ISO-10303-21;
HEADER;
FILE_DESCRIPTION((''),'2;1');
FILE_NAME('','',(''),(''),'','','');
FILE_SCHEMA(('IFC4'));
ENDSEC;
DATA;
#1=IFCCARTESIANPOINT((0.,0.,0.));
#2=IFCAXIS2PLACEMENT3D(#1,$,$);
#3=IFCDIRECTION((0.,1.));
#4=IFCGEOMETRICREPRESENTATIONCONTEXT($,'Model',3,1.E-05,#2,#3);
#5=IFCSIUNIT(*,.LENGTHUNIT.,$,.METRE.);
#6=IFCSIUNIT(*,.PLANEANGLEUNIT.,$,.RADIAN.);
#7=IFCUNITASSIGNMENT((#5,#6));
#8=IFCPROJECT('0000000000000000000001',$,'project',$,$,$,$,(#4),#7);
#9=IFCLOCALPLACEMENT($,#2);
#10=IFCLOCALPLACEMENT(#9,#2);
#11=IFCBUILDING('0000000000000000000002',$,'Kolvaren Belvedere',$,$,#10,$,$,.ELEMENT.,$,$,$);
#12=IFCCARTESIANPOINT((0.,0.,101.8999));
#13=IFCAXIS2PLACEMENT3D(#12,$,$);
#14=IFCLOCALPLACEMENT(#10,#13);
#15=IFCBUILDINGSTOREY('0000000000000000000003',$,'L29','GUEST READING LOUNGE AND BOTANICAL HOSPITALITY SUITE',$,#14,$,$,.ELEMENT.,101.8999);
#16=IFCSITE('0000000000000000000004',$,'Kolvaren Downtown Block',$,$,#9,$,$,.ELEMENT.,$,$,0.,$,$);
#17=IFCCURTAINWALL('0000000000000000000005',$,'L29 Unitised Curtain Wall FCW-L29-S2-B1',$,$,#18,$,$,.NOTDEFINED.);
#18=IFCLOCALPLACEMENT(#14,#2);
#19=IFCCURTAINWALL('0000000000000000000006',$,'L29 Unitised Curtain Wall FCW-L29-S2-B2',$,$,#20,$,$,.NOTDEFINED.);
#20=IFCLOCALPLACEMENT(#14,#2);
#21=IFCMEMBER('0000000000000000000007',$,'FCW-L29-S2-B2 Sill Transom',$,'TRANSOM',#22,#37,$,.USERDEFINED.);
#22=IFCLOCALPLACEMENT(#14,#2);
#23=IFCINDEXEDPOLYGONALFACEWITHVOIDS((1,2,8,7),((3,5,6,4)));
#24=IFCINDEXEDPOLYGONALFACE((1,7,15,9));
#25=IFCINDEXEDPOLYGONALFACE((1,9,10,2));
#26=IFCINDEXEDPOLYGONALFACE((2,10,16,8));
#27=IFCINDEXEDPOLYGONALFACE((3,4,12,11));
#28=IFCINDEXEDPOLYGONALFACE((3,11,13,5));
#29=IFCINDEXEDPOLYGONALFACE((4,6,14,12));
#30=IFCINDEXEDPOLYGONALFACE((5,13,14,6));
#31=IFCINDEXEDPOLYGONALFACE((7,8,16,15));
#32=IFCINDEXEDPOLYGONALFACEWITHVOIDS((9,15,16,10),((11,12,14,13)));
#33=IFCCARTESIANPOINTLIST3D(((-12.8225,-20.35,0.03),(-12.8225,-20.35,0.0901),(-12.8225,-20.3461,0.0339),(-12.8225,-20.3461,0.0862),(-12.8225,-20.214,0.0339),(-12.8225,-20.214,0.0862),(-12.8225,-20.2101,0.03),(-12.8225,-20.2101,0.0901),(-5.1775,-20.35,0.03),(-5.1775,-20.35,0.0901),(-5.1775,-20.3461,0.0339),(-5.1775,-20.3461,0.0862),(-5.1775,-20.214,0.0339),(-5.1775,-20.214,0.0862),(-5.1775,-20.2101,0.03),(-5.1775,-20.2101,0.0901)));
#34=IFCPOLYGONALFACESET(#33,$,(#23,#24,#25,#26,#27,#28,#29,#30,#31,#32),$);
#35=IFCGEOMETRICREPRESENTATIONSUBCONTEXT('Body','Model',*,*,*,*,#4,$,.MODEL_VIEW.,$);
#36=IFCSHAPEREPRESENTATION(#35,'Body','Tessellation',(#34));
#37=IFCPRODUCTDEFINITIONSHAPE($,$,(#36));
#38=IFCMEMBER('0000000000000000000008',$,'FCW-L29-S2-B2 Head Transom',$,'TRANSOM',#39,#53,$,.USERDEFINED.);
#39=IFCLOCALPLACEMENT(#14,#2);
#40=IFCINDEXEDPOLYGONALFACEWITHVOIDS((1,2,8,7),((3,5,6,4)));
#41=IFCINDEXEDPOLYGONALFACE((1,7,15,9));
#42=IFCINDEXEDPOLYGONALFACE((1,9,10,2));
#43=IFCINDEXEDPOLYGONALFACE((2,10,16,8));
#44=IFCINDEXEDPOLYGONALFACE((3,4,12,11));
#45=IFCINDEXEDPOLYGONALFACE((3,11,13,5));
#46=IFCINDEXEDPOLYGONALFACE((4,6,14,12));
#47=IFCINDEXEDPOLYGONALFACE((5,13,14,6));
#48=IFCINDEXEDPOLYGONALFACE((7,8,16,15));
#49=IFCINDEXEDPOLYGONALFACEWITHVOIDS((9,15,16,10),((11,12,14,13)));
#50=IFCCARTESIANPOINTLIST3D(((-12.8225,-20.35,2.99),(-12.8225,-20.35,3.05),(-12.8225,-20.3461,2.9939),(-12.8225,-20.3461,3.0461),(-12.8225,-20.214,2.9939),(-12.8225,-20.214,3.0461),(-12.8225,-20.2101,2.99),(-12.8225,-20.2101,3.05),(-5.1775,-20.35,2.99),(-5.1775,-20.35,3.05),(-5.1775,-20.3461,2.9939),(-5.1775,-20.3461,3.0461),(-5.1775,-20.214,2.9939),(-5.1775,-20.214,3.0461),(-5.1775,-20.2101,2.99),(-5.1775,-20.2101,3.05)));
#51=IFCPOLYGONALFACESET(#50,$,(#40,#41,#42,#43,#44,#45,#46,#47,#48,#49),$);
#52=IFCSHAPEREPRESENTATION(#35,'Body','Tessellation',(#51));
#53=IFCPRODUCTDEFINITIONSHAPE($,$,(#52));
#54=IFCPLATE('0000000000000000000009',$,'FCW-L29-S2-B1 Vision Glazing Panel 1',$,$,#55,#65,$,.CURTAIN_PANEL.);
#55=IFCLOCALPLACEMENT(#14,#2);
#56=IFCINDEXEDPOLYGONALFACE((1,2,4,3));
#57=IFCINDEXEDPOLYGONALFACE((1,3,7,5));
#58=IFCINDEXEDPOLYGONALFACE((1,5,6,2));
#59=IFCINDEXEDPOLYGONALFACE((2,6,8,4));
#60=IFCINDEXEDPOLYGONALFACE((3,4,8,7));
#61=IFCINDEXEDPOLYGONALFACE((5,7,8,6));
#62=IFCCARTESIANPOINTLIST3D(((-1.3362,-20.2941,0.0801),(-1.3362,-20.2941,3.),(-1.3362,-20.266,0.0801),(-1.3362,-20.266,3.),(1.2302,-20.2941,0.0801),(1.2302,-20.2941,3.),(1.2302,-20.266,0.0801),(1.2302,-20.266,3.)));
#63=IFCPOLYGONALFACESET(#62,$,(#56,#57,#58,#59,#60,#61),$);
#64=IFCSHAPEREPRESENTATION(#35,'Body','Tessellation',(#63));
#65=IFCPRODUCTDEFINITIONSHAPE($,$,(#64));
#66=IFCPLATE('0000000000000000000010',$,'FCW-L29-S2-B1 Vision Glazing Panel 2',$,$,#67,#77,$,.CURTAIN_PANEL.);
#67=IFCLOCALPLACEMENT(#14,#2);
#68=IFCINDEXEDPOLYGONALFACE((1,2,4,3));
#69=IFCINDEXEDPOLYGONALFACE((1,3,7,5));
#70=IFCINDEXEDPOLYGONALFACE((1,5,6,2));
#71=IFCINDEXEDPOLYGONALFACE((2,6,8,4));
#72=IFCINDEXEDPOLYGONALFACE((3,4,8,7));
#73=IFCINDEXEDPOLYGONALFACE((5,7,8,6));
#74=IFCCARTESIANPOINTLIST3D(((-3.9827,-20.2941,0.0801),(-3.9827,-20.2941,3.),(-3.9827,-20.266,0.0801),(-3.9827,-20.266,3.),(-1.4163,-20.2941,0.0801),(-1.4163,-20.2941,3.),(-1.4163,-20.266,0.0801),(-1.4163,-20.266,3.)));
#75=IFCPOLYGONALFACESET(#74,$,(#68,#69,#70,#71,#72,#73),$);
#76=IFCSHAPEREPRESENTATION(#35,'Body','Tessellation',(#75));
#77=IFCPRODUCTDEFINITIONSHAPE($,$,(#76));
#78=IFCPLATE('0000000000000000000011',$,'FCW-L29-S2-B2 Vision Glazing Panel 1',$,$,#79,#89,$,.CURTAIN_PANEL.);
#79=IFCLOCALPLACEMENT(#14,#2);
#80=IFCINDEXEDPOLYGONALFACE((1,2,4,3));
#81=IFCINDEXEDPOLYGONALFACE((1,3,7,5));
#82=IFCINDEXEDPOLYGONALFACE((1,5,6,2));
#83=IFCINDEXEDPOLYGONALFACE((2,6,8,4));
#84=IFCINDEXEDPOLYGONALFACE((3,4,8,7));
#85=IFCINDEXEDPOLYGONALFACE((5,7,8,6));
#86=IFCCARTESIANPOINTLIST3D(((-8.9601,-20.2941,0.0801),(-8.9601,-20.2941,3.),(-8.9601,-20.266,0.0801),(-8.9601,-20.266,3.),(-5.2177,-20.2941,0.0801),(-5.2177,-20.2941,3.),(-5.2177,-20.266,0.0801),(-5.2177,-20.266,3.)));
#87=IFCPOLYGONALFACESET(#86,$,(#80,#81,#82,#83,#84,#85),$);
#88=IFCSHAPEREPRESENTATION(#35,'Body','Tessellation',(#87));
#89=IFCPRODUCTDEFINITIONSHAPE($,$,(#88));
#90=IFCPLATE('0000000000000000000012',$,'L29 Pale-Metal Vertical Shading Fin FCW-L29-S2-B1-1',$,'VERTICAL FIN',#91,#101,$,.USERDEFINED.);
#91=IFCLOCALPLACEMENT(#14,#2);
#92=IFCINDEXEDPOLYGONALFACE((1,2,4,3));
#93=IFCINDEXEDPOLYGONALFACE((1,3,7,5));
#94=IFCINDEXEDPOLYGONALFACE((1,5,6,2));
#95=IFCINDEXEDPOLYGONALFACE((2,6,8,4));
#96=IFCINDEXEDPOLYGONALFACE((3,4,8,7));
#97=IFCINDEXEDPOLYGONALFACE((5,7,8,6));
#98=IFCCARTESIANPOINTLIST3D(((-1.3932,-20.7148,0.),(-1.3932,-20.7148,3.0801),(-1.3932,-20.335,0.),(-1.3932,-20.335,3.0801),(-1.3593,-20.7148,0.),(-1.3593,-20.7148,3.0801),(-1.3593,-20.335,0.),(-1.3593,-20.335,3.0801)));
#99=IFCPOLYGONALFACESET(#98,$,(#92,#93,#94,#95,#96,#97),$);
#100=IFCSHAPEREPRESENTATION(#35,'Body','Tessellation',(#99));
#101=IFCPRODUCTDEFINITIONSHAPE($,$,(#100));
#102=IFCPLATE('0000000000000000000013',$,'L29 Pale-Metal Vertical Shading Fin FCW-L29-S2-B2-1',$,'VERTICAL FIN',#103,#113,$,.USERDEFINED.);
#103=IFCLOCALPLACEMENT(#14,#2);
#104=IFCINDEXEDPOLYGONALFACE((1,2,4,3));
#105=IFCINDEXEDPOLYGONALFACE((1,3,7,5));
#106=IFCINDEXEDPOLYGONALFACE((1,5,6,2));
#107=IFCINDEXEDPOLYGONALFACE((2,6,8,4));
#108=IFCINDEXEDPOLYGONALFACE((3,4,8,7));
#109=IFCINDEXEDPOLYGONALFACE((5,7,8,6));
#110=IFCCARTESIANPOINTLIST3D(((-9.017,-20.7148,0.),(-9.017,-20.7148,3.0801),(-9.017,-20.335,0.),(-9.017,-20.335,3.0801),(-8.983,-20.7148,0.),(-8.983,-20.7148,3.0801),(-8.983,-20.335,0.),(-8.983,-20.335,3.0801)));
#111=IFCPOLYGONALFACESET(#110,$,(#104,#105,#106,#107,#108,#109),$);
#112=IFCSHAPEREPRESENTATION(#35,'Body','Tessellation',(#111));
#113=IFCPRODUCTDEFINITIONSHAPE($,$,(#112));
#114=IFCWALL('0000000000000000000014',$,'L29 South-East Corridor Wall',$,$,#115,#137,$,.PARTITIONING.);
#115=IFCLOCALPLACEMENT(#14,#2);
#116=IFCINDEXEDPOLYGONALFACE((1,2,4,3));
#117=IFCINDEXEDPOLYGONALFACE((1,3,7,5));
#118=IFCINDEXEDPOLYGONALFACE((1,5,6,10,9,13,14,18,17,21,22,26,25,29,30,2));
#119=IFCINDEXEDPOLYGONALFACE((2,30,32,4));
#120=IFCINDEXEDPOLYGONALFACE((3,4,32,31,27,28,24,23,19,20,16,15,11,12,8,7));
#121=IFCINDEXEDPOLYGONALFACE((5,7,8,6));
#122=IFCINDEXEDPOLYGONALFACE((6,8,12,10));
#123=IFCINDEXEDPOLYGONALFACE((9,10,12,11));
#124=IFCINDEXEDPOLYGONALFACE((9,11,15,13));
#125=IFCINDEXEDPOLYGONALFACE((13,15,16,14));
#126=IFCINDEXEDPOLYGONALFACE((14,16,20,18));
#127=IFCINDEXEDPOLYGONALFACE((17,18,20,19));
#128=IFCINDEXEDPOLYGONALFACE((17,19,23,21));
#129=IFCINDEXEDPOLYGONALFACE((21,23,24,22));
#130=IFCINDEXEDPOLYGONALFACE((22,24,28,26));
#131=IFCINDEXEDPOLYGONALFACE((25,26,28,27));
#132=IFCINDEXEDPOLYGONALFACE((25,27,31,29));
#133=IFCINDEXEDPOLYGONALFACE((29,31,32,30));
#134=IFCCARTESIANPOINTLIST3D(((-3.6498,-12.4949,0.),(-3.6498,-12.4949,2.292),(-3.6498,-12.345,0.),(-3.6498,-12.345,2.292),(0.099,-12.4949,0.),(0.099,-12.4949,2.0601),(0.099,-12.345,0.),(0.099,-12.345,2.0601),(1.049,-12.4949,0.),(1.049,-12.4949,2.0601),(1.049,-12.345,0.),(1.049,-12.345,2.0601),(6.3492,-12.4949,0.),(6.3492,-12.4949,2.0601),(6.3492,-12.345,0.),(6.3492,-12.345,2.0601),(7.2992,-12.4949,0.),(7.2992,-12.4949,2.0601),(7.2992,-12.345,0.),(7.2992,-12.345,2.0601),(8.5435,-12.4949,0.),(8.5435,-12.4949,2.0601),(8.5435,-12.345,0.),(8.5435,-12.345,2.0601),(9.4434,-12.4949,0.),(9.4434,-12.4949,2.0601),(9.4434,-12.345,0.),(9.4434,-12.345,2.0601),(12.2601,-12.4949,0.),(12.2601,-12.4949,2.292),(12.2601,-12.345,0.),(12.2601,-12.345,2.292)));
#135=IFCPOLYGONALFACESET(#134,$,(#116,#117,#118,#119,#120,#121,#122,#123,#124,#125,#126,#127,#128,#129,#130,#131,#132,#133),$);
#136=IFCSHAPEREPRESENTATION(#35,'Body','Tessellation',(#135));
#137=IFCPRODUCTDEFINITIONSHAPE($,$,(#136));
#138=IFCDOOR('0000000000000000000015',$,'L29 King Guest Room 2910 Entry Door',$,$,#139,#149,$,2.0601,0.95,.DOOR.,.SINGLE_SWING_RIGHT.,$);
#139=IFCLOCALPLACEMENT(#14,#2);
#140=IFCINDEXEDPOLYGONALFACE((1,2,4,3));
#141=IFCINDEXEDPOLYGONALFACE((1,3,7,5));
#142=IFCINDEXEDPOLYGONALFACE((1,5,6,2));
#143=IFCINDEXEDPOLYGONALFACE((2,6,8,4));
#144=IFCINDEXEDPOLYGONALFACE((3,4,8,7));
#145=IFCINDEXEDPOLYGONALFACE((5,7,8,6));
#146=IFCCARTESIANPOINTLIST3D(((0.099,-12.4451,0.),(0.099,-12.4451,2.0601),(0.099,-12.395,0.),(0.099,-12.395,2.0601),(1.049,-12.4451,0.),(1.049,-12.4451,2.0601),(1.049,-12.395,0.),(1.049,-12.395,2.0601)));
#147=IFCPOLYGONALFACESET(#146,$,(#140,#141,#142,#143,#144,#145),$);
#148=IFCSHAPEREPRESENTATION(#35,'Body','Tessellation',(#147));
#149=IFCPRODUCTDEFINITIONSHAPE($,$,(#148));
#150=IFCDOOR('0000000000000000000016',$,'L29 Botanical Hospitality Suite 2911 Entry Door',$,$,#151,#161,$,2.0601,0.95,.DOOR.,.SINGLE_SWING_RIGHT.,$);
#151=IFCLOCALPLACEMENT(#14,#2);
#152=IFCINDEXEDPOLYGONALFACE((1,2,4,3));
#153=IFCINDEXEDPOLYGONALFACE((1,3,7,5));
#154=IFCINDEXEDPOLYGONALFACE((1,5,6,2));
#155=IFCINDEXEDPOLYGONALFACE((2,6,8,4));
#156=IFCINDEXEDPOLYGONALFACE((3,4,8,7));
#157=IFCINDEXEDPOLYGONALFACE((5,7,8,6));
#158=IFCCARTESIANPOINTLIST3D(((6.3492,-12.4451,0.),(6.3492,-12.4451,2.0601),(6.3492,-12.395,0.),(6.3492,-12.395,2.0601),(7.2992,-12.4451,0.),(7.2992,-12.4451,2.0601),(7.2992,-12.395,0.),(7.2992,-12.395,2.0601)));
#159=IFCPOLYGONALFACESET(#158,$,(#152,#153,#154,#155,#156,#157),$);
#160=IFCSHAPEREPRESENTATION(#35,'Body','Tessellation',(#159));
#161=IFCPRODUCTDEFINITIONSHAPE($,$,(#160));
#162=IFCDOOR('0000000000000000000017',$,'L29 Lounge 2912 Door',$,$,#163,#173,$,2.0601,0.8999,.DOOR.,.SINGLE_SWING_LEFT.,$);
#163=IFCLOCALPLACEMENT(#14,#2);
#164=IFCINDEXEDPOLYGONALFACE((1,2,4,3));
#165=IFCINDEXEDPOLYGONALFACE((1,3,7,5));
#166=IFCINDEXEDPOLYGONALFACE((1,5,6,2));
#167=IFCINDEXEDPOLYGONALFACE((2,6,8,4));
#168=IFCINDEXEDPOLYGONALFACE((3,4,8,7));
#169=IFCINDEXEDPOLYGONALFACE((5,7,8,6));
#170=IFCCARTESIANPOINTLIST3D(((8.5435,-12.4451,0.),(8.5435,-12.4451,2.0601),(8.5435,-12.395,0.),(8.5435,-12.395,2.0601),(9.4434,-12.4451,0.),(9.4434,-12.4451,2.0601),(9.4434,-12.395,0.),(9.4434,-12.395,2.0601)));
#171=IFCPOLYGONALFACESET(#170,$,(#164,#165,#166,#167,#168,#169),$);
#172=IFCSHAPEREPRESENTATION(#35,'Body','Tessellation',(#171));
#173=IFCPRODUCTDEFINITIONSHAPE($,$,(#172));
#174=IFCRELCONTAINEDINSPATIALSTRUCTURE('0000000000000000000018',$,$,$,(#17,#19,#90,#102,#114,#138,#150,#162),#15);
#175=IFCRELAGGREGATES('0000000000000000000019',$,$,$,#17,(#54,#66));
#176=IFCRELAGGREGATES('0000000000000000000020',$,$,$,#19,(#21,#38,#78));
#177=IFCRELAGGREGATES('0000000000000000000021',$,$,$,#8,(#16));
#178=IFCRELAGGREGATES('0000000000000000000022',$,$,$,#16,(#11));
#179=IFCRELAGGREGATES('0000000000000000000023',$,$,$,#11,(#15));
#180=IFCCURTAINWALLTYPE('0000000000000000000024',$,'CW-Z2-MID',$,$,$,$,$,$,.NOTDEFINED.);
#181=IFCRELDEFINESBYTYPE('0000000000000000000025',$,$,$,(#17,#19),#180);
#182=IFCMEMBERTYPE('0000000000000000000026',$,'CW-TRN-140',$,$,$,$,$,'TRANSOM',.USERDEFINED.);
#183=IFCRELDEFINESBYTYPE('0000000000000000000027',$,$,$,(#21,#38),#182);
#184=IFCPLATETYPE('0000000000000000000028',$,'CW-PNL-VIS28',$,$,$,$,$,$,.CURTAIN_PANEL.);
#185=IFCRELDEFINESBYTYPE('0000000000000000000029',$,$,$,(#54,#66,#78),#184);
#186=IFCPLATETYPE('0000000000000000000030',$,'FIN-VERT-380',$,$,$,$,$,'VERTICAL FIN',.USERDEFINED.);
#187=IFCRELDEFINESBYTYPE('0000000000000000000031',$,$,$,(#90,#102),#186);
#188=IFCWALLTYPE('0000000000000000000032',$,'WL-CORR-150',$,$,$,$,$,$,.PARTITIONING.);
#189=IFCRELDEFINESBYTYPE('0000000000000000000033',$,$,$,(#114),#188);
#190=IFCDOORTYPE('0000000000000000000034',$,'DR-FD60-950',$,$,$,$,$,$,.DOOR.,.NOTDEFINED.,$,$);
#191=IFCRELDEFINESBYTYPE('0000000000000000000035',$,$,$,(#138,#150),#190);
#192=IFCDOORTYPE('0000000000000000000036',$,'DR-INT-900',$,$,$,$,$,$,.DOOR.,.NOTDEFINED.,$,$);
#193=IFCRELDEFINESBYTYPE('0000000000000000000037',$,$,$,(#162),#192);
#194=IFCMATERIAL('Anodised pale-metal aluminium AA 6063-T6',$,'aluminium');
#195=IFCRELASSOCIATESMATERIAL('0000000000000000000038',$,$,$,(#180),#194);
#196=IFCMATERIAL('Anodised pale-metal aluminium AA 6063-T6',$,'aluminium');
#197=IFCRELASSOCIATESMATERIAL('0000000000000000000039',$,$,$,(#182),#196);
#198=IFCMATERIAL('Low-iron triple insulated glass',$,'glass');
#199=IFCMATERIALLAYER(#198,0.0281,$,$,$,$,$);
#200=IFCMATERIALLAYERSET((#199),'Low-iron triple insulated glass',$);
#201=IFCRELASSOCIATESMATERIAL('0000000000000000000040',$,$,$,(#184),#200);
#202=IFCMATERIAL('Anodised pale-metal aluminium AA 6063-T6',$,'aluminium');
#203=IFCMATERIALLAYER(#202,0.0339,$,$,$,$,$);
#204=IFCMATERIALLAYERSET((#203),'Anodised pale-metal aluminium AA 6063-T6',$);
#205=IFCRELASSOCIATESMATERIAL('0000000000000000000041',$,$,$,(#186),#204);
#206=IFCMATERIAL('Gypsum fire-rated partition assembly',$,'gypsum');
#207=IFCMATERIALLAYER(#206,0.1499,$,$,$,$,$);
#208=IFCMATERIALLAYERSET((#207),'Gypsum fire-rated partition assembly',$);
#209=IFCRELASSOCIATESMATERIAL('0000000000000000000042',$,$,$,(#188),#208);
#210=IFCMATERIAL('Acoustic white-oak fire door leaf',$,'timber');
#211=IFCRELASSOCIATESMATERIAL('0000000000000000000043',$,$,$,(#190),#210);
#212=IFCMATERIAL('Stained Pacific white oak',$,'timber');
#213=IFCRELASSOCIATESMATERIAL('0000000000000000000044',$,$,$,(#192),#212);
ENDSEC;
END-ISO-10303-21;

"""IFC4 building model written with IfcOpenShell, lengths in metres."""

from ifc_helpers import new_model, si_unit, direction, frame, frame_2d, origin, origin_2d, place, context, subcontext, project, spatial, rectangle, hollow_rectangle, extrude, material, layer, layer_set, material_profile, profile_set, type_object, element, fill, aggregate, save


model = new_model("IFC4")

# Units and contexts
model_context = context("Model", 3, precision=1e-05, world=origin(), true_north=direction((0.0, 1.0)))
body_context = subcontext(model_context, "Body", "Model", "MODEL_VIEW")
ifc_project = project(units=[si_unit("LENGTHUNIT", "METRE"), si_unit("PLANEANGLEUNIT", "RADIAN")], contexts=[model_context])

# Site, building, storey
site_placement = place(None, origin())
site = spatial("IfcSite", under=ifc_project, at=site_placement, Name="Kolvaren Downtown Block", CompositionType="ELEMENT", RefElevation=0.0)
building_placement = place(site_placement, origin())
building = spatial("IfcBuilding", under=site, at=building_placement, Name="Kolvaren Belvedere", CompositionType="ELEMENT")
storey_placement = place(building_placement, frame((0.0, 0.0, 101.8999)))
storey = spatial("IfcBuildingStorey", under=building, at=storey_placement, Name="L29", Description="GUEST READING LOUNGE AND BOTANICAL HOSPITALITY SUITE", CompositionType="ELEMENT", Elevation=101.8999)

# Curtain walls, members
ifc_material_1 = material(Name="Anodised pale-metal aluminium AA 6063-T6", Category="aluminium")
curtain_wall_type = type_object("IfcCurtainWallType", Name="CW-Z2-MID", PredefinedType="NOTDEFINED", material=ifc_material_1)
curtain_wall_1_placement = place(storey_placement, origin())
curtain_wall_1 = element("IfcCurtainWall", 1, at=curtain_wall_1_placement, inside=storey, type_object=curtain_wall_type, Name="L29 Unitised Curtain Wall FCW-L29-S2-B1", PredefinedType="NOTDEFINED")
curtain_wall_2_placement = place(storey_placement, origin())
curtain_wall_2 = element("IfcCurtainWall", 2, at=curtain_wall_2_placement, inside=storey, type_object=curtain_wall_type, Name="L29 Unitised Curtain Wall FCW-L29-S2-B2", PredefinedType="NOTDEFINED")
ifc_material_2 = material(Name="Anodised pale-metal aluminium AA 6063-T6", Category="aluminium")
ifc_material_profile_1 = material_profile(ifc_material_2, hollow_rectangle(XDim=0.0601, YDim=0.1399, WallThickness=0.0039, at=origin_2d()), Name="ALU-TRN-140X60")
ifc_profile_set_1 = profile_set([ifc_material_profile_1], Name="Anodised pale-metal aluminium AA 6063-T6")
member_type_1 = type_object("IfcMemberType", Name="CW-TRN-140", ElementType="TRANSOM", PredefinedType="USERDEFINED", material=ifc_profile_set_1)
member_1_placement = place(storey_placement, frame((-5.1775, -20.28, 0.0601), z_axis=(-1.0, 0.0, 0.0), x_axis=(0.0, 0.0, 1.0)))
member_1 = element("IfcMember", 3, at=member_1_placement, type_object=member_type_1, Name="FCW-L29-S2-B2 Sill Transom", ObjectType="TRANSOM", PredefinedType="USERDEFINED", context=body_context, shape_type="SweptSolid", body=[
    extrude(hollow_rectangle(XDim=0.0601, YDim=0.1399, WallThickness=0.0039, at=origin_2d()), origin(), (0.0, 0.0, 1.0), 7.645),
])
member_2_placement = place(storey_placement, frame((-5.1775, -20.28, 3.02), z_axis=(-1.0, 0.0, 0.0), x_axis=(0.0, 0.0, 1.0)))
member_2 = element("IfcMember", 4, at=member_2_placement, type_object=member_type_1, Name="FCW-L29-S2-B2 Head Transom", ObjectType="TRANSOM", PredefinedType="USERDEFINED", context=body_context, shape_type="SweptSolid", body=[
    extrude(hollow_rectangle(XDim=0.0601, YDim=0.1399, WallThickness=0.0039, at=origin_2d()), origin(), (0.0, 0.0, 1.0), 7.645),
])

# Plates
ifc_material_3 = material(Name="Low-iron triple insulated glass", Category="glass")
ifc_layer_1 = layer(ifc_material_3, 0.0281)
ifc_layer_set_1 = layer_set([ifc_layer_1], Name="Low-iron triple insulated glass")
plate_type_1 = type_object("IfcPlateType", Name="CW-PNL-VIS28", PredefinedType="CURTAIN_PANEL", material=ifc_layer_set_1)
plate_1_placement = place(storey_placement, frame((-0.053, -20.28, 0.0801), z_axis=(0.0, 0.0, 1.0), x_axis=(-1.0, 0.0, 0.0)))
plate_1 = element("IfcPlate", 5, at=plate_1_placement, type_object=plate_type_1, Name="FCW-L29-S2-B1 Vision Glazing Panel 1", PredefinedType="CURTAIN_PANEL", context=body_context, shape_type="SweptSolid", body=[
    extrude(rectangle(XDim=2.5664, YDim=0.0281, at=origin_2d()), origin(), (0.0, 0.0, 1.0), 2.9199),
])
plate_2_placement = place(storey_placement, frame((-2.6995, -20.28, 0.0801), z_axis=(0.0, 0.0, 1.0), x_axis=(-1.0, 0.0, 0.0)))
plate_2 = element("IfcPlate", 6, at=plate_2_placement, type_object=plate_type_1, Name="FCW-L29-S2-B1 Vision Glazing Panel 2", PredefinedType="CURTAIN_PANEL", context=body_context, shape_type="SweptSolid", body=[
    extrude(rectangle(XDim=2.5664, YDim=0.0281, at=origin_2d()), origin(), (0.0, 0.0, 1.0), 2.9199),
])
aggregate(curtain_wall_1, [plate_1, plate_2])
plate_3_placement = place(storey_placement, frame((-7.0889, -20.28, 0.0801), z_axis=(0.0, 0.0, 1.0), x_axis=(-1.0, 0.0, 0.0)))
plate_3 = element("IfcPlate", 7, at=plate_3_placement, type_object=plate_type_1, Name="FCW-L29-S2-B2 Vision Glazing Panel 1", PredefinedType="CURTAIN_PANEL", context=body_context, shape_type="SweptSolid", body=[
    extrude(rectangle(XDim=3.7424, YDim=0.0281, at=origin_2d()), origin(), (0.0, 0.0, 1.0), 2.9199),
])
aggregate(curtain_wall_2, [member_1, member_2, plate_3])

# Plates
ifc_material_4 = material(Name="Anodised pale-metal aluminium AA 6063-T6", Category="aluminium")
ifc_layer_2 = layer(ifc_material_4, 0.0339)
ifc_layer_set_2 = layer_set([ifc_layer_2], Name="Anodised pale-metal aluminium AA 6063-T6")
plate_type_2 = type_object("IfcPlateType", Name="FIN-VERT-380", ElementType="VERTICAL FIN", PredefinedType="USERDEFINED", material=ifc_layer_set_2)
for number, where, z_axis, x_axis, name in (
    (8, (-1.3762, -20.5249, 0.0), (0.0, 0.0, 1.0), (0.0, 1.0, 0.0), "L29 Pale-Metal Vertical Shading Fin FCW-L29-S2-B1-1"),
    (9, (-9.0, -20.5249, 0.0), (0.0, 0.0, 1.0), (0.0, 1.0, 0.0), "L29 Pale-Metal Vertical Shading Fin FCW-L29-S2-B2-1"),
):
    element("IfcPlate", number, at=place(storey_placement, frame(where, z_axis=z_axis, x_axis=x_axis)), inside=storey, type_object=plate_type_2, Name=name, ObjectType="VERTICAL FIN", PredefinedType="USERDEFINED", context=body_context, shape_type="SweptSolid", body=[
        extrude(rectangle(XDim=0.3799, YDim=0.0339, at=origin_2d()), origin(), (0.0, 0.0, 1.0), 3.0801),
    ])

# Wall, openings, doors
ifc_material_5 = material(Name="Gypsum fire-rated partition assembly", Category="gypsum")
ifc_layer_3 = layer(ifc_material_5, 0.1499)
ifc_layer_set_3 = layer_set([ifc_layer_3], Name="Gypsum fire-rated partition assembly")
wall_type_1 = type_object("IfcWallType", Name="WL-CORR-150", PredefinedType="PARTITIONING", material=ifc_layer_set_3)
wall_1_placement = place(storey_placement, frame((-3.6499, -12.4199, 0.0), z_axis=(0.0, 0.0, 1.0), x_axis=(1.0, 0.0, 0.0)))
wall_1 = element("IfcWall", 10, at=wall_1_placement, inside=storey, type_object=wall_type_1, Name="L29 South-East Corridor Wall", PredefinedType="PARTITIONING", context=body_context, shape_type="SweptSolid", body=[
    extrude(rectangle(XDim=15.9099, YDim=0.1499, at=frame_2d((7.9551, 0.0))), origin(), (0.0, 0.0, 1.0), 2.292),
])
opening_1_placement = place(wall_1_placement, frame((3.7488, 0.0, 0.0)))
opening_1 = element("IfcOpeningElement", 11, at=opening_1_placement, cuts=wall_1, PredefinedType="OPENING", context=body_context, shape_type="SweptSolid", body=[
    extrude(rectangle(XDim=0.95, YDim=2.0601, at=frame_2d((0.4751, 1.03))), frame((0.0, 0.085, 0.0), z_axis=(0.0, -1.0, 0.0), x_axis=(1.0, 0.0, 0.0)), (0.0, 0.0, 1.0), 0.1699),
])
opening_2_placement = place(wall_1_placement, frame((9.999, 0.0, 0.0)))
opening_2 = element("IfcOpeningElement", 12, at=opening_2_placement, cuts=wall_1, PredefinedType="OPENING", context=body_context, shape_type="SweptSolid", body=[
    extrude(rectangle(XDim=0.95, YDim=2.0601, at=frame_2d((0.4751, 1.03))), frame((0.0, 0.085, 0.0), z_axis=(0.0, -1.0, 0.0), x_axis=(1.0, 0.0, 0.0)), (0.0, 0.0, 1.0), 0.1699),
])
opening_3_placement = place(wall_1_placement, frame((12.1934, 0.0, 0.0)))
opening_3 = element("IfcOpeningElement", 13, at=opening_3_placement, cuts=wall_1, PredefinedType="OPENING", context=body_context, shape_type="SweptSolid", body=[
    extrude(rectangle(XDim=0.8999, YDim=2.0601, at=frame_2d((0.45, 1.03))), frame((0.0, 0.085, 0.0), z_axis=(0.0, -1.0, 0.0), x_axis=(1.0, 0.0, 0.0)), (0.0, 0.0, 1.0), 0.1699),
])
ifc_material_6 = material(Name="Acoustic white-oak fire door leaf", Category="timber")
door_type_1 = type_object("IfcDoorType", Name="DR-FD60-950", OperationType="NOTDEFINED", PredefinedType="DOOR", material=ifc_material_6)
door_1_placement = place(opening_1_placement, origin())
door_1 = element("IfcDoor", 14, at=door_1_placement, inside=storey, type_object=door_type_1, Name="L29 King Guest Room 2910 Entry Door", OperationType="SINGLE_SWING_RIGHT", OverallHeight=2.0601, OverallWidth=0.95, PredefinedType="DOOR", context=body_context, shape_type="SweptSolid", body=[
    extrude(rectangle(XDim=0.95, YDim=2.0601, at=frame_2d((0.4751, 1.03))), frame((0.0, 0.0249, 0.0), z_axis=(0.0, -1.0, 0.0), x_axis=(1.0, 0.0, 0.0)), (0.0, 0.0, 1.0), 0.05),
])
fill(opening_1, door_1)
door_2_placement = place(opening_2_placement, origin())
door_2 = element("IfcDoor", 15, at=door_2_placement, inside=storey, type_object=door_type_1, Name="L29 Botanical Hospitality Suite 2911 Entry Door", OperationType="SINGLE_SWING_RIGHT", OverallHeight=2.0601, OverallWidth=0.95, PredefinedType="DOOR", context=body_context, shape_type="SweptSolid", body=[
    extrude(rectangle(XDim=0.95, YDim=2.0601, at=frame_2d((0.4751, 1.03))), frame((0.0, 0.0249, 0.0), z_axis=(0.0, -1.0, 0.0), x_axis=(1.0, 0.0, 0.0)), (0.0, 0.0, 1.0), 0.05),
])
fill(opening_2, door_2)
ifc_material_7 = material(Name="Stained Pacific white oak", Category="timber")
door_type_2 = type_object("IfcDoorType", Name="DR-INT-900", OperationType="NOTDEFINED", PredefinedType="DOOR", material=ifc_material_7)
door_3_placement = place(opening_3_placement, origin())
door_3 = element("IfcDoor", 16, at=door_3_placement, inside=storey, type_object=door_type_2, Name="L29 Lounge 2912 Door", OperationType="SINGLE_SWING_LEFT", OverallHeight=2.0601, OverallWidth=0.8999, PredefinedType="DOOR", context=body_context, shape_type="SweptSolid", body=[
    extrude(rectangle(XDim=0.8999, YDim=2.0601, at=frame_2d((0.45, 1.03))), frame((0.0, 0.0249, 0.0), z_axis=(0.0, -1.0, 0.0), x_axis=(1.0, 0.0, 0.0)), (0.0, 0.0, 1.0), 0.05),
])
fill(opening_3, door_3)

save(model, "model.ifc")
